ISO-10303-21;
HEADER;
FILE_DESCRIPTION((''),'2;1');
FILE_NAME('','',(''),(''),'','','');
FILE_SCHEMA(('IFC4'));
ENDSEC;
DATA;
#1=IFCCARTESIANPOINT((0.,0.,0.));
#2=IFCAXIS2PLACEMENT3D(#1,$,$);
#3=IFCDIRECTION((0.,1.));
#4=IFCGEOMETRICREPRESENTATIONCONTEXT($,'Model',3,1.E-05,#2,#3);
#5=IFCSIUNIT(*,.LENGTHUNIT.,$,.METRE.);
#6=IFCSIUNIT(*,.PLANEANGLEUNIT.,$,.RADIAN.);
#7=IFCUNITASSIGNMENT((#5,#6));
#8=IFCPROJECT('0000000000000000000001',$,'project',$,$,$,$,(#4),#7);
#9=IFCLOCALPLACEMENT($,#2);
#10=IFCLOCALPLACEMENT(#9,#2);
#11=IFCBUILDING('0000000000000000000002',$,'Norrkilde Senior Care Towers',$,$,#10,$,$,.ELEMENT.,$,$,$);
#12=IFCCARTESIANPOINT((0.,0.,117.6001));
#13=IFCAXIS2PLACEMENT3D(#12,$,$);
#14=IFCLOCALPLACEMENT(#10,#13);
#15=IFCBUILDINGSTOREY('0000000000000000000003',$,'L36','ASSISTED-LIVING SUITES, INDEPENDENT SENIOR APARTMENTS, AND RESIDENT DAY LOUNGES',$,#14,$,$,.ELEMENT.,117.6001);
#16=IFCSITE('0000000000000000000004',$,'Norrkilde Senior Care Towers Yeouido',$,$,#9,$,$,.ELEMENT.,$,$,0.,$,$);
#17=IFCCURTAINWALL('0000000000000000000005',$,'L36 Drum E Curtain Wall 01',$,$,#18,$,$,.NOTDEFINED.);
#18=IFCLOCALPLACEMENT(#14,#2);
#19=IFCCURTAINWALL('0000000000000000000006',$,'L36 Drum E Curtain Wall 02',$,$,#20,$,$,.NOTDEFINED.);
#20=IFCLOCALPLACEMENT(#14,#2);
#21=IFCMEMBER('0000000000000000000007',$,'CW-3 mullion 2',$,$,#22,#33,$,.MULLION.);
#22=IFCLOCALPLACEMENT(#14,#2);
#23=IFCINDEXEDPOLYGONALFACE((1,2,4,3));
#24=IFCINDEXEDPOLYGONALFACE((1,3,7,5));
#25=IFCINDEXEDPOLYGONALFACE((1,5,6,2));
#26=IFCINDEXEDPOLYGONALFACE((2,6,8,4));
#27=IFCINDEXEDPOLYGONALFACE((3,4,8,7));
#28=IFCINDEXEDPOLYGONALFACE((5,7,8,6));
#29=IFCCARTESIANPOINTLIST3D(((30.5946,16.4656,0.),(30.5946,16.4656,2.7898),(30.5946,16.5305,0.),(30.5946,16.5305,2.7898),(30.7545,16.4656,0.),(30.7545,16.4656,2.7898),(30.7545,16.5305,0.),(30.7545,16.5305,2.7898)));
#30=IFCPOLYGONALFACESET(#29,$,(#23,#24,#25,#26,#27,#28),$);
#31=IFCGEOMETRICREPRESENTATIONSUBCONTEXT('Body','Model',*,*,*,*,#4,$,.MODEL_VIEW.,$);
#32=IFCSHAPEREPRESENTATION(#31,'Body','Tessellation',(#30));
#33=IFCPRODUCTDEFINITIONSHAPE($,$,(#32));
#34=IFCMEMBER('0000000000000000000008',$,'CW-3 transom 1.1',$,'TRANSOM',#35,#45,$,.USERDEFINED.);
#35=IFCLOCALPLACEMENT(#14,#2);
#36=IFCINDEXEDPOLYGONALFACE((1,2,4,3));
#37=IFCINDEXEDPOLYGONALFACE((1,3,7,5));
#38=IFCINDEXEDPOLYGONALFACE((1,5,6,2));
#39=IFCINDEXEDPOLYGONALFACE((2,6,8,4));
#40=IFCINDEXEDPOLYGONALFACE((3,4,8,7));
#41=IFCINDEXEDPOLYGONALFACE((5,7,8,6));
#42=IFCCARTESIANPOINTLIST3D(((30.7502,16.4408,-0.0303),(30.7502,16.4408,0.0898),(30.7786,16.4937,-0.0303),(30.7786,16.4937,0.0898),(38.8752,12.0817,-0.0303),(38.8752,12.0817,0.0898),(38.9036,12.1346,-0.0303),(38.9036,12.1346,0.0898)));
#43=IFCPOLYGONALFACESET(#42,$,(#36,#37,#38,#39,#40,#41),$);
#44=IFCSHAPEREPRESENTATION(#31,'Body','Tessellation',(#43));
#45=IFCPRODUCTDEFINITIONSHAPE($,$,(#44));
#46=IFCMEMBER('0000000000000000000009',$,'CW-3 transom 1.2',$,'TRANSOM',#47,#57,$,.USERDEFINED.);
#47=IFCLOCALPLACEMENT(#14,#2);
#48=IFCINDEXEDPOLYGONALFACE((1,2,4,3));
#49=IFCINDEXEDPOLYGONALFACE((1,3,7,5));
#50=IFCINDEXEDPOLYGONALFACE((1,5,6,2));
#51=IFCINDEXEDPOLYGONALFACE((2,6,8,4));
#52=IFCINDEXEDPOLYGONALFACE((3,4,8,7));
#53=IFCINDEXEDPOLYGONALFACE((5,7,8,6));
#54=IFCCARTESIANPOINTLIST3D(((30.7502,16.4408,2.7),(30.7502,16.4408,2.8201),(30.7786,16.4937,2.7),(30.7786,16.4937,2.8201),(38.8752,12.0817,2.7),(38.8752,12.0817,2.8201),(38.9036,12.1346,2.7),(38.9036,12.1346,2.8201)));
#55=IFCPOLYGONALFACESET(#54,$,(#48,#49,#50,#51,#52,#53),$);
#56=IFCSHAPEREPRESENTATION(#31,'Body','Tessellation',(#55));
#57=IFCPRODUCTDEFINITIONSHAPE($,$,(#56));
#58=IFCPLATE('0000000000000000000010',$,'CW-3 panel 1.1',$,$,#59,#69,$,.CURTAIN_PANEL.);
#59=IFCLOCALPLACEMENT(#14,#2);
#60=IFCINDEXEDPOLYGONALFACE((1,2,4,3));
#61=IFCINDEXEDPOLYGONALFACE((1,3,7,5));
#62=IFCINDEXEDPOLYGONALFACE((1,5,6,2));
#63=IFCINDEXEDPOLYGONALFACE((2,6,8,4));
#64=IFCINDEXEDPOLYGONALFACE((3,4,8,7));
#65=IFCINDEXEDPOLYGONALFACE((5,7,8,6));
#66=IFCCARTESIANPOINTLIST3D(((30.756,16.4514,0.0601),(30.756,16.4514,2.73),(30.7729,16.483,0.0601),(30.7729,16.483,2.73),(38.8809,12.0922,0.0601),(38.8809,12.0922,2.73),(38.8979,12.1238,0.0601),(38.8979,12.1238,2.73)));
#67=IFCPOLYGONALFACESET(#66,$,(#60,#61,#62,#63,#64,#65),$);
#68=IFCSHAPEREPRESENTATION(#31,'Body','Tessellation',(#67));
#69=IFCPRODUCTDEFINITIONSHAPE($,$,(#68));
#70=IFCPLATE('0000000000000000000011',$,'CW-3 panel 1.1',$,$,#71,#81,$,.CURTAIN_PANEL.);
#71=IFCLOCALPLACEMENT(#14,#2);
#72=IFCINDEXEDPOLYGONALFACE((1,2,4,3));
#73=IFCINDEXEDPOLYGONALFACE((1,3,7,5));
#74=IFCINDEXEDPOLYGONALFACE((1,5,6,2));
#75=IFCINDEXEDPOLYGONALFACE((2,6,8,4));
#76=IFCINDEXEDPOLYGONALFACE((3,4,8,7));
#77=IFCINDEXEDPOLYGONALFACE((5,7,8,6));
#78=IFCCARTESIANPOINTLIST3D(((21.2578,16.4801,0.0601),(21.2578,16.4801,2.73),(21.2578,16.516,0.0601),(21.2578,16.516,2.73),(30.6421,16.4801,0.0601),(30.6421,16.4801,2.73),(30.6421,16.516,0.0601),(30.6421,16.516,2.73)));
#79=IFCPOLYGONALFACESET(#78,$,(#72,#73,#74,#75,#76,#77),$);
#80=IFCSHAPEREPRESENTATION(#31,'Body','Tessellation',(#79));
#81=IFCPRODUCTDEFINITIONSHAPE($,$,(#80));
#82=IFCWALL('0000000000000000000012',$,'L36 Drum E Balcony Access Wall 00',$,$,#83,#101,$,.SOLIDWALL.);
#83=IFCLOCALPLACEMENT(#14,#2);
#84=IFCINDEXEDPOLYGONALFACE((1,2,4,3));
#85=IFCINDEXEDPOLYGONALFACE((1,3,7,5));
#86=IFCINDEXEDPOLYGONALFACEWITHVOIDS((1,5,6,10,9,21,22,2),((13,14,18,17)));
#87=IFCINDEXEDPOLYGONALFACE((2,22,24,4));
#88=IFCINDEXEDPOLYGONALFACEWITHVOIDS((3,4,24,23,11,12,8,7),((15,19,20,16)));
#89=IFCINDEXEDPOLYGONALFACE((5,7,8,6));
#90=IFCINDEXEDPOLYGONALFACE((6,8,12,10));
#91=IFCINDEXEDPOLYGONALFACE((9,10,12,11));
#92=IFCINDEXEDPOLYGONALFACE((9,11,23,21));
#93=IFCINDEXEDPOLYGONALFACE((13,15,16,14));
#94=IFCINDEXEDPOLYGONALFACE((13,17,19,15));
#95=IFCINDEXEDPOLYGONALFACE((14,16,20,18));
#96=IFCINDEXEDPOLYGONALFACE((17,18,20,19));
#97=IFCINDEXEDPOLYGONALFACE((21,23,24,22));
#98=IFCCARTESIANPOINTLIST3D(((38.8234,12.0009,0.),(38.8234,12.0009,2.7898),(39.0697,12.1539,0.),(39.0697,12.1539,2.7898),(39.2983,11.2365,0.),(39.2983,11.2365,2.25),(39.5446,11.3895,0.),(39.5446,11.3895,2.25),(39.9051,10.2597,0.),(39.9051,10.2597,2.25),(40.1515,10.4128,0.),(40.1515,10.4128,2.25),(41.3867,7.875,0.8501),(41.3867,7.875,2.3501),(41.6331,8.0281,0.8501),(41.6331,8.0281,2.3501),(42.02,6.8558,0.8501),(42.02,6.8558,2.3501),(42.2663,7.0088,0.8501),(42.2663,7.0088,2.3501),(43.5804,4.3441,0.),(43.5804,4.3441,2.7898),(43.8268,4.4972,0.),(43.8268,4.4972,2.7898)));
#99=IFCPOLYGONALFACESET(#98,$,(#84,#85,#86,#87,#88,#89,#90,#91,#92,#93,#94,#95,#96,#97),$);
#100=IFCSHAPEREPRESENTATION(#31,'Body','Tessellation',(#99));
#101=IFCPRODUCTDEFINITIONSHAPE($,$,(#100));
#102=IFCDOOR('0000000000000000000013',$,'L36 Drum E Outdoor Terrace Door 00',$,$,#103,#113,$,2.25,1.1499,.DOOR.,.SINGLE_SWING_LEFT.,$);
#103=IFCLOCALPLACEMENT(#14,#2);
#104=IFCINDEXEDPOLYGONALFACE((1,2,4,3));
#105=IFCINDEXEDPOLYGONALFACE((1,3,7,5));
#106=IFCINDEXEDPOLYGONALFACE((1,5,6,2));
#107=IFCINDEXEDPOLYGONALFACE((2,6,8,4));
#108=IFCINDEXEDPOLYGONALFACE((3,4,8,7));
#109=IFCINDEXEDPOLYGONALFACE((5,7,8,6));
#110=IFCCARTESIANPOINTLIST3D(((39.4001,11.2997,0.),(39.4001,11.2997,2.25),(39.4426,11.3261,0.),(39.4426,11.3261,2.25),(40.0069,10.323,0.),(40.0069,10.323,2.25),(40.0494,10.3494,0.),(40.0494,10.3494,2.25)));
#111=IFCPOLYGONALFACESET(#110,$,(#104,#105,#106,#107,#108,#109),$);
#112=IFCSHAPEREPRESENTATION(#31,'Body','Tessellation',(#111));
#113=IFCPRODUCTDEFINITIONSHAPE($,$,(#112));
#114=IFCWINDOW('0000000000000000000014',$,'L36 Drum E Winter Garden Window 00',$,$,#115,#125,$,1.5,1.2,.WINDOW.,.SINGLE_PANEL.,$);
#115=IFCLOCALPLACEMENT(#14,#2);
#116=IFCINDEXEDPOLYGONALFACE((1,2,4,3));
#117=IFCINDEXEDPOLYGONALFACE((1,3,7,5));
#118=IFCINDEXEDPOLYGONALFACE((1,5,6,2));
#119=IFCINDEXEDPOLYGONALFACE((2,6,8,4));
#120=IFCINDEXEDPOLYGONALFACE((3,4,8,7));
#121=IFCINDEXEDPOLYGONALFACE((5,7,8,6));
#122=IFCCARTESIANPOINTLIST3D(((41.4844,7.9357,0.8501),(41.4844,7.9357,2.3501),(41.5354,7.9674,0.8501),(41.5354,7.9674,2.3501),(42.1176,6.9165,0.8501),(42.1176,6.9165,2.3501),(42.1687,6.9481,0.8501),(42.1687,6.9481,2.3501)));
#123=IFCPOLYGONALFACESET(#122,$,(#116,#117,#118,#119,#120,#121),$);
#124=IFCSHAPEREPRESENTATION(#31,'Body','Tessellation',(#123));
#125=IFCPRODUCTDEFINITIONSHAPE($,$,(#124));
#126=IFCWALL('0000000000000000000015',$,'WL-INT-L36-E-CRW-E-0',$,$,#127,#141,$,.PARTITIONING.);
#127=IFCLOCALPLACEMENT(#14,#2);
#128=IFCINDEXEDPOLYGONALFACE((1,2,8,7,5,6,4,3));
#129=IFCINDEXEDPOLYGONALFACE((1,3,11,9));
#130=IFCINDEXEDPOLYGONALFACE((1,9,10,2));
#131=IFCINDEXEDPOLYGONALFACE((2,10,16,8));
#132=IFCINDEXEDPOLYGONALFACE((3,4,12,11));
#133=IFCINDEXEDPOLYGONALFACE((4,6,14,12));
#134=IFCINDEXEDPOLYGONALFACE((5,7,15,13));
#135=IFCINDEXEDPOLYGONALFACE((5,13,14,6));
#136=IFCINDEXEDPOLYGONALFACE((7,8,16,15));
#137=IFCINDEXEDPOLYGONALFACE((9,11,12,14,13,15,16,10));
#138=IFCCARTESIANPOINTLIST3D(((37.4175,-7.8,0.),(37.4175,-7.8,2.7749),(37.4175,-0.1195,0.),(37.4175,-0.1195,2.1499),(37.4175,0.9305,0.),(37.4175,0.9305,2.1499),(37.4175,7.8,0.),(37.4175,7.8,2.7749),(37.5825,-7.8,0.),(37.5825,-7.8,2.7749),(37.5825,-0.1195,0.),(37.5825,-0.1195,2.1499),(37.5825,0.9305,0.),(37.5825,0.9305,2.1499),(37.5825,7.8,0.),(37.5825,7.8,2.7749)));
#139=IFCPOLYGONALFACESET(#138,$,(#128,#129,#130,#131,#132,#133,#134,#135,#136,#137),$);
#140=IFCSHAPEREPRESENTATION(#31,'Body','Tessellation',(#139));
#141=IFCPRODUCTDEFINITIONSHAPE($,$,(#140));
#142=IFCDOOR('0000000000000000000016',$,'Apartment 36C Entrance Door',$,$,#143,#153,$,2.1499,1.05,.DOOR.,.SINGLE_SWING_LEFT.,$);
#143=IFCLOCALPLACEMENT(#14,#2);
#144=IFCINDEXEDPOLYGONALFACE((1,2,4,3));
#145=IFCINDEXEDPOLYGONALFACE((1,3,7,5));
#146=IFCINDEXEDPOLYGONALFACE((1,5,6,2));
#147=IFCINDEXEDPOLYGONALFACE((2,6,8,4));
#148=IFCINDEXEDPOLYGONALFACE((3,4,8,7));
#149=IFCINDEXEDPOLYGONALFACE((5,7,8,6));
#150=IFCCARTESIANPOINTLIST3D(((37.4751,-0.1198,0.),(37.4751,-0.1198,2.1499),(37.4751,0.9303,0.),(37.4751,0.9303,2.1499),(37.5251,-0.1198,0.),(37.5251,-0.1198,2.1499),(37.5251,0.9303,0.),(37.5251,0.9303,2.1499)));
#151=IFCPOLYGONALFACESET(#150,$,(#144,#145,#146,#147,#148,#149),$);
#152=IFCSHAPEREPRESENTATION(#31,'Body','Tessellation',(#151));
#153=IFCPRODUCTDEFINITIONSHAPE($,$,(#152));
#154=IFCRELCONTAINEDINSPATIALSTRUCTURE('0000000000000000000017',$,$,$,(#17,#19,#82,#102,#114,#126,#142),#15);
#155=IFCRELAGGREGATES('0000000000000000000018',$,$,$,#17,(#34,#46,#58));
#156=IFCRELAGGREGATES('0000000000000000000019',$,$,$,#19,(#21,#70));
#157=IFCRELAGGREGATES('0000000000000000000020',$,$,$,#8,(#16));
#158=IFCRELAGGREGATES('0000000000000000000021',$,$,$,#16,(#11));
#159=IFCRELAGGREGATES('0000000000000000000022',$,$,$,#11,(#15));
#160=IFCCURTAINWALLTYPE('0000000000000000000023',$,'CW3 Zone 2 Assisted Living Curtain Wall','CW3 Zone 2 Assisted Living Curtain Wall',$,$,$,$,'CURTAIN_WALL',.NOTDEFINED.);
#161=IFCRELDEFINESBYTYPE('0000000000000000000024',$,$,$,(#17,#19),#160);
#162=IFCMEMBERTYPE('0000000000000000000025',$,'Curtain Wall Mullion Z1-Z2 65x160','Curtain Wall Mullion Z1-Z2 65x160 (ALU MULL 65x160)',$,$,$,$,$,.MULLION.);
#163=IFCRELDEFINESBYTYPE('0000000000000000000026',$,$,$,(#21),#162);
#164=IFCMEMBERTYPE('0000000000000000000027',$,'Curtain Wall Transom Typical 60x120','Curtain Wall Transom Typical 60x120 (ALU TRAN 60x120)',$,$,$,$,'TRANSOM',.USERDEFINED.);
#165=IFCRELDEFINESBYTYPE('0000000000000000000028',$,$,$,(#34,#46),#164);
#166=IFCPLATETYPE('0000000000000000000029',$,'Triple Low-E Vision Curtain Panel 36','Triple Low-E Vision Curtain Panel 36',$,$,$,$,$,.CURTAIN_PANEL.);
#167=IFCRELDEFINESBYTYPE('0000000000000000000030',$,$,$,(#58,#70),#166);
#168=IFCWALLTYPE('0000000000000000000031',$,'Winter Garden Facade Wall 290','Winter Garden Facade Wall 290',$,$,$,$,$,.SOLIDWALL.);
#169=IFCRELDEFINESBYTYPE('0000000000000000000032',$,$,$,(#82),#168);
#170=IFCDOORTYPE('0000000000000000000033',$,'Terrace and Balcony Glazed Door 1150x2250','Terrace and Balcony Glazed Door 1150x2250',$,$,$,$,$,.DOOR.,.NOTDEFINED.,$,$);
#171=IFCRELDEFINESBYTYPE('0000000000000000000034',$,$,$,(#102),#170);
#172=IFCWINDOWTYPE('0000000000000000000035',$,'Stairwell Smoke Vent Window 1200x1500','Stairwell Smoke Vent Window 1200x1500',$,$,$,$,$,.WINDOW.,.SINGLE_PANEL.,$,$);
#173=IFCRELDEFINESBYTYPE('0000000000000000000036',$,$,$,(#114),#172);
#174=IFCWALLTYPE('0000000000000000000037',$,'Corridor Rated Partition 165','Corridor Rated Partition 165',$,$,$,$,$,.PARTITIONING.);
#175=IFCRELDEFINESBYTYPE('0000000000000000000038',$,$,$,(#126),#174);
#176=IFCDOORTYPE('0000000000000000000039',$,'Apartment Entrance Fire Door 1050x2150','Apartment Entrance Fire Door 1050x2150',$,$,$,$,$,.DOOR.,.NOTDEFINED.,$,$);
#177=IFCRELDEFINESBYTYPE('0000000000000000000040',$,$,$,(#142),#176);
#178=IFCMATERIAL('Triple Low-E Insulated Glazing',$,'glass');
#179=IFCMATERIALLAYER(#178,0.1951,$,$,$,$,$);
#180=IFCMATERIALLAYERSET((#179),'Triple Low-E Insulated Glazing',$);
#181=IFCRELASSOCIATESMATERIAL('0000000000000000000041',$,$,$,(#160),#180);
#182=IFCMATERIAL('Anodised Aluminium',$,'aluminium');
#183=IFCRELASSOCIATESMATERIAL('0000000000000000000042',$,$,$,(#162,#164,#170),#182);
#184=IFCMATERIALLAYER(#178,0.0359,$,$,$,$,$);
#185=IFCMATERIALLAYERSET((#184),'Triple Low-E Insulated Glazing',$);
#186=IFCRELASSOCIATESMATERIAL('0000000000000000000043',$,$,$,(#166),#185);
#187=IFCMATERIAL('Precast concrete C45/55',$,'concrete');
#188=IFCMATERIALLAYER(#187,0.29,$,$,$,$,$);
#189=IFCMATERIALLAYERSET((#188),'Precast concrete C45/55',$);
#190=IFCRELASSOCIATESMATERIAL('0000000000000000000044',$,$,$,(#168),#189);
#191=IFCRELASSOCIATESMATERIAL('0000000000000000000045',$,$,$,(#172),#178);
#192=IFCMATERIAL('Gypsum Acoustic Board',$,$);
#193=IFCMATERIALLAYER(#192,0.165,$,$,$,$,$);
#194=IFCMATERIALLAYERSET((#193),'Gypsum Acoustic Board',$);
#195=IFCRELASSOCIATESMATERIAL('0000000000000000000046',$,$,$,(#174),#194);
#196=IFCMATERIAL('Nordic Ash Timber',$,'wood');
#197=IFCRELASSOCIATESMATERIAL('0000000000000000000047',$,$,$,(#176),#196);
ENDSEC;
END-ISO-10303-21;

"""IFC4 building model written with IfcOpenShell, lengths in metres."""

from ifc_helpers import new_model, si_unit, direction, frame, frame_2d, origin, origin_2d, place, context, subcontext, project, spatial, rectangle, extrude, source, transform, mapped, material, layer, layer_set, material_profile, profile_set, type_object, type_shapes, element, fill, aggregate, save


model = new_model("IFC4")

# Units and contexts
model_context = context("Model", 3, precision=1e-05, world=origin(), true_north=direction((0.0, 1.0)))
body_context = subcontext(model_context, "Body", "Model", "MODEL_VIEW")
ifc_project = project(units=[si_unit("LENGTHUNIT", "METRE"), si_unit("PLANEANGLEUNIT", "RADIAN")], contexts=[model_context])

# Site, building, storey
site_placement = place(None, origin())
site = spatial("IfcSite", under=ifc_project, at=site_placement, Name="Norrkilde Senior Care Towers Yeouido", CompositionType="ELEMENT", RefElevation=0.0)
building_placement = place(site_placement, origin())
building = spatial("IfcBuilding", under=site, at=building_placement, Name="Norrkilde Senior Care Towers", CompositionType="ELEMENT")
storey_placement = place(building_placement, frame((0.0, 0.0, 117.6001)))
storey = spatial("IfcBuildingStorey", under=building, at=storey_placement, Name="L36", Description="ASSISTED-LIVING SUITES, INDEPENDENT SENIOR APARTMENTS, AND RESIDENT DAY LOUNGES", CompositionType="ELEMENT", Elevation=117.6001)

# Curtain wall
ifc_material_1 = material(Name="Triple Low-E Insulated Glazing", Category="glass")
ifc_layer_1 = layer(ifc_material_1, 0.1951)
ifc_layer_set_1 = layer_set([ifc_layer_1], Name="Triple Low-E Insulated Glazing")
curtain_wall_type = type_object("IfcCurtainWallType", Name="CW3 Zone 2 Assisted Living Curtain Wall", Description="CW3 Zone 2 Assisted Living Curtain Wall", ElementType="CURTAIN_WALL", PredefinedType="NOTDEFINED", material=ifc_layer_set_1)
curtain_wall_1_placement = place(storey_placement, origin())
curtain_wall_1 = element("IfcCurtainWall", 1, at=curtain_wall_1_placement, inside=storey, type_object=curtain_wall_type, Name="L36 Drum E Curtain Wall 01", PredefinedType="NOTDEFINED")
ifc_material_2 = material(Name="Anodised Aluminium", Category="aluminium")
ifc_material_profile_1 = material_profile(ifc_material_2, rectangle(XDim=0.0649, YDim=0.1599, at=origin_2d()), Name="ALU MULL 65x160")
ifc_profile_set_1 = profile_set([ifc_material_profile_1], Name="Anodised Aluminium")
member_type_1 = type_object("IfcMemberType", Name="Curtain Wall Mullion Z1-Z2 65x160", Description="Curtain Wall Mullion Z1-Z2 65x160 (ALU MULL 65x160)", PredefinedType="MULLION", material=ifc_profile_set_1)
shared_shape_1 = source(origin(), body_context, "Body", "SweptSolid", [
    extrude(rectangle(XDim=0.0649, YDim=0.1599, at=origin_2d()), origin(), (0.0, 0.0, 1.0), 2.7898),
])
type_shapes(member_type_1, [shared_shape_1])

# Curtain wall, member
curtain_wall_2_placement = place(storey_placement, origin())
curtain_wall_2 = element("IfcCurtainWall", 2, at=curtain_wall_2_placement, inside=storey, type_object=curtain_wall_type, Name="L36 Drum E Curtain Wall 02", PredefinedType="NOTDEFINED")
member_1_placement = place(storey_placement, frame((30.6746, 16.498, 0.0), z_axis=(0.0, 0.0, 1.0), x_axis=(0.0, 1.0, 0.0)))
member_1 = element("IfcMember", 3, at=member_1_placement, type_object=member_type_1, Name="CW-3 mullion 2", PredefinedType="MULLION", context=body_context, shape_type="MappedRepresentation", body=[
    mapped(shared_shape_1, transform((0.0, 0.0, 0.0), x_axis=(1.0, 0.0, 0.0), y_axis=(0.0, 1.0, 0.0), z_axis=(0.0, 0.0, 1.0), scale=1.0)),
])

# Members
ifc_material_profile_2 = material_profile(ifc_material_2, rectangle(XDim=0.0601, YDim=0.1201, at=origin_2d()), Name="ALU TRAN 60x120")
ifc_profile_set_2 = profile_set([ifc_material_profile_2], Name="Anodised Aluminium")
member_type_2 = type_object("IfcMemberType", Name="Curtain Wall Transom Typical 60x120", Description="Curtain Wall Transom Typical 60x120 (ALU TRAN 60x120)", ElementType="TRANSOM", PredefinedType="USERDEFINED", material=ifc_profile_set_2)
shared_shape_2 = source(origin(), body_context, "Body", "SweptSolid", [
    extrude(rectangle(XDim=0.0601, YDim=0.1201, at=origin_2d()), origin(), (0.0, 0.0, 1.0), 9.2205),
])
type_shapes(member_type_2, [shared_shape_2])
member_2_placement = place(storey_placement, frame((30.7644, 16.4673, 0.0298), z_axis=(0.881189, -0.472765, 0.0), x_axis=(0.472765, 0.881189, 0.0)))
member_2 = element("IfcMember", 4, at=member_2_placement, type_object=member_type_2, Name="CW-3 transom 1.1", ObjectType="TRANSOM", PredefinedType="USERDEFINED", context=body_context, shape_type="MappedRepresentation", body=[
    mapped(shared_shape_2, transform((0.0, 0.0, 0.0), x_axis=(1.0, 0.0, 0.0), y_axis=(0.0, 1.0, 0.0), z_axis=(0.0, 0.0, 1.0), scale=1.0)),
])
member_3_placement = place(storey_placement, frame((30.7644, 16.4673, 2.76), z_axis=(0.881189, -0.472765, 0.0), x_axis=(0.472765, 0.881189, 0.0)))
member_3 = element("IfcMember", 5, at=member_3_placement, type_object=member_type_2, Name="CW-3 transom 1.2", ObjectType="TRANSOM", PredefinedType="USERDEFINED", context=body_context, shape_type="MappedRepresentation", body=[
    mapped(shared_shape_2, transform((0.0, 0.0, 0.0), x_axis=(1.0, 0.0, 0.0), y_axis=(0.0, 1.0, 0.0), z_axis=(0.0, 0.0, 1.0), scale=1.0)),
])

# Plates
ifc_layer_2 = layer(ifc_material_1, 0.0359)
ifc_layer_set_2 = layer_set([ifc_layer_2], Name="Triple Low-E Insulated Glazing")
plate_type = type_object("IfcPlateType", Name="Triple Low-E Vision Curtain Panel 36", Description="Triple Low-E Vision Curtain Panel 36", PredefinedType="CURTAIN_PANEL", material=ifc_layer_set_2)
shared_shape_3 = source(origin(), body_context, "Body", "SweptSolid", [
    extrude(rectangle(XDim=9.2205, YDim=0.0359, at=origin_2d()), origin(), (0.0, 0.0, 1.0), 2.6699),
])
plate_1_placement = place(storey_placement, frame((34.8269, 14.2876, 0.0601), z_axis=(0.0, 0.0, 1.0), x_axis=(0.881186, -0.472769, 0.0)))
plate_1 = element("IfcPlate", 6, at=plate_1_placement, type_object=plate_type, Name="CW-3 panel 1.1", PredefinedType="CURTAIN_PANEL", context=body_context, shape_type="MappedRepresentation", body=[
    mapped(shared_shape_3, transform((0.0, 0.0, 0.0), x_axis=(1.0, 0.0, 0.0), y_axis=(0.0, 1.0, 0.0), z_axis=(0.0, 0.0, 1.0), scale=1.0)),
])
aggregate(curtain_wall_1, [member_2, member_3, plate_1])
shared_shape_4 = source(origin(), body_context, "Body", "SweptSolid", [
    extrude(rectangle(XDim=9.3843, YDim=0.0359, at=origin_2d()), origin(), (0.0, 0.0, 1.0), 2.6699),
])
type_shapes(plate_type, [shared_shape_3, shared_shape_4])
plate_2_placement = place(storey_placement, frame((25.95, 16.498, 0.0601), z_axis=(0.0, 0.0, 1.0), x_axis=(1.0, 0.0, 0.0)))
plate_2 = element("IfcPlate", 7, at=plate_2_placement, type_object=plate_type, Name="CW-3 panel 1.1", PredefinedType="CURTAIN_PANEL", context=body_context, shape_type="MappedRepresentation", body=[
    mapped(shared_shape_4, transform((0.0, 0.0, 0.0), x_axis=(1.0, 0.0, 0.0), y_axis=(0.0, 1.0, 0.0), z_axis=(0.0, 0.0, 1.0), scale=1.0)),
])
aggregate(curtain_wall_2, [member_1, plate_2])

# Wall, openings, door, window
ifc_material_3 = material(Name="Precast concrete C45/55", Category="concrete")
ifc_layer_3 = layer(ifc_material_3, 0.29)
ifc_layer_set_3 = layer_set([ifc_layer_3], Name="Precast concrete C45/55")
wall_type_1 = type_object("IfcWallType", Name="Winter Garden Facade Wall 290", Description="Winter Garden Facade Wall 290", PredefinedType="SOLIDWALL", material=ifc_layer_set_3)
shared_shape_5 = source(origin(), body_context, "Body", "SweptSolid", [
    extrude(rectangle(XDim=9.0142, YDim=0.29, at=frame_2d((4.5071, 0.0))), origin(), (0.0, 0.0, 1.0), 2.7898),
])
type_shapes(wall_type_1, [shared_shape_5])
wall_1_placement = place(storey_placement, frame((38.9465, 12.0774, 0.0), z_axis=(0.0, 0.0, 1.0), x_axis=(0.527733, -0.84941, 0.0)))
wall_1 = element("IfcWall", 8, at=wall_1_placement, inside=storey, type_object=wall_type_1, Name="L36 Drum E Balcony Access Wall 00", PredefinedType="SOLIDWALL", context=body_context, shape_type="MappedRepresentation", body=[
    mapped(shared_shape_5, transform((0.0, 0.0, 0.0), x_axis=(1.0, 0.0, 0.0), y_axis=(0.0, 1.0, 0.0), z_axis=(0.0, 0.0, 1.0), scale=1.0)),
])
opening_1_placement = place(wall_1_placement, frame((0.8999, 0.0, 0.0)))
opening_1 = element("IfcOpeningElement", 9, at=opening_1_placement, cuts=wall_1, PredefinedType="OPENING", context=body_context, shape_type="SweptSolid", body=[
    extrude(rectangle(XDim=1.1499, YDim=2.25, at=frame_2d((0.575, 1.125))), frame((0.0, 0.155, 0.0), z_axis=(0.0, -1.0, 0.0), x_axis=(1.0, 0.0, 0.0)), (0.0, 0.0, 1.0), 0.3101),
])
opening_2_placement = place(wall_1_placement, frame((4.8572, 0.0, 0.8501)))
opening_2 = element("IfcOpeningElement", 10, at=opening_2_placement, cuts=wall_1, PredefinedType="OPENING", context=body_context, shape_type="SweptSolid", body=[
    extrude(rectangle(XDim=1.2, YDim=1.5, at=frame_2d((0.6001, 0.75))), frame((0.0, 0.155, 0.0), z_axis=(0.0, -1.0, 0.0), x_axis=(1.0, 0.0, 0.0)), (0.0, 0.0, 1.0), 0.3101),
])
door_type_1 = type_object("IfcDoorType", Name="Terrace and Balcony Glazed Door 1150x2250", Description="Terrace and Balcony Glazed Door 1150x2250", OperationType="NOTDEFINED", PredefinedType="DOOR", material=ifc_material_2)
shared_shape_6 = source(origin(), body_context, "Body", "SweptSolid", [
    extrude(rectangle(XDim=1.1499, YDim=2.25, at=frame_2d((0.575, 1.125))), frame((0.0, 0.0249, 0.0), z_axis=(0.0, -1.0, 0.0), x_axis=(1.0, 0.0, 0.0)), (0.0, 0.0, 1.0), 0.05),
])
type_shapes(door_type_1, [shared_shape_6])
door_1_placement = place(opening_1_placement, origin())
door_1 = element("IfcDoor", 11, at=door_1_placement, inside=storey, type_object=door_type_1, Name="L36 Drum E Outdoor Terrace Door 00", OperationType="SINGLE_SWING_LEFT", OverallHeight=2.25, OverallWidth=1.1499, PredefinedType="DOOR", context=body_context, shape_type="MappedRepresentation", body=[
    mapped(shared_shape_6, transform((0.0, 0.0, 0.0), x_axis=(1.0, 0.0, 0.0), y_axis=(0.0, 1.0, 0.0), z_axis=(0.0, 0.0, 1.0), scale=1.0)),
])
fill(opening_1, door_1)
window_type = type_object("IfcWindowType", Name="Stairwell Smoke Vent Window 1200x1500", Description="Stairwell Smoke Vent Window 1200x1500", PartitioningType="SINGLE_PANEL", PredefinedType="WINDOW", material=ifc_material_1)
shared_shape_7 = source(origin(), body_context, "Body", "SweptSolid", [
    extrude(rectangle(XDim=1.2, YDim=1.5, at=frame_2d((0.6001, 0.75))), frame((0.0, 0.03, 0.0), z_axis=(0.0, -1.0, 0.0), x_axis=(1.0, 0.0, 0.0)), (0.0, 0.0, 1.0), 0.0601),
])
type_shapes(window_type, [shared_shape_7])
window_placement = place(opening_2_placement, origin())
window = element("IfcWindow", 12, at=window_placement, inside=storey, type_object=window_type, Name="L36 Drum E Winter Garden Window 00", OverallHeight=1.5, OverallWidth=1.2, PartitioningType="SINGLE_PANEL", PredefinedType="WINDOW", context=body_context, shape_type="MappedRepresentation", body=[
    mapped(shared_shape_7, transform((0.0, 0.0, 0.0), x_axis=(1.0, 0.0, 0.0), y_axis=(0.0, 1.0, 0.0), z_axis=(0.0, 0.0, 1.0), scale=1.0)),
])
fill(opening_2, window)

# Wall, opening, door
ifc_material_4 = material(Name="Gypsum Acoustic Board")
ifc_layer_4 = layer(ifc_material_4, 0.165)
ifc_layer_set_4 = layer_set([ifc_layer_4], Name="Gypsum Acoustic Board")
wall_type_2 = type_object("IfcWallType", Name="Corridor Rated Partition 165", Description="Corridor Rated Partition 165", PredefinedType="PARTITIONING", material=ifc_layer_set_4)
shared_shape_8 = source(origin(), body_context, "Body", "SweptSolid", [
    extrude(rectangle(XDim=15.6001, YDim=0.165, at=frame_2d((7.8, 0.0))), origin(), (0.0, 0.0, 1.0), 2.7749),
])
wall_2_placement = place(storey_placement, frame((37.5, 7.8, 0.0), z_axis=(0.0, 0.0, 1.0), x_axis=(0.0, -1.0, 0.0)))
wall_2 = element("IfcWall", 13, at=wall_2_placement, inside=storey, type_object=wall_type_2, Name="WL-INT-L36-E-CRW-E-0", PredefinedType="PARTITIONING", context=body_context, shape_type="MappedRepresentation", body=[
    mapped(shared_shape_8, transform((0.0, 0.0, 0.0), x_axis=(1.0, 0.0, 0.0), y_axis=(0.0, 1.0, 0.0), z_axis=(0.0, 0.0, 1.0), scale=1.0)),
])
opening_3_placement = place(wall_2_placement, frame((6.8696, 0.0, 0.0)))
opening_3 = element("IfcOpeningElement", 14, at=opening_3_placement, cuts=wall_2, PredefinedType="OPENING", context=body_context, shape_type="SweptSolid", body=[
    extrude(rectangle(XDim=1.05, YDim=2.1499, at=frame_2d((0.5249, 1.075))), frame((0.0, 0.0925, 0.0), z_axis=(0.0, -1.0, 0.0), x_axis=(1.0, 0.0, 0.0)), (0.0, 0.0, 1.0), 0.1851),
])
ifc_material_5 = material(Name="Nordic Ash Timber", Category="wood")
door_type_2 = type_object("IfcDoorType", Name="Apartment Entrance Fire Door 1050x2150", Description="Apartment Entrance Fire Door 1050x2150", OperationType="NOTDEFINED", PredefinedType="DOOR", material=ifc_material_5)
shared_shape_9 = source(origin(), body_context, "Body", "SweptSolid", [
    extrude(rectangle(XDim=1.05, YDim=2.1499, at=frame_2d((0.5249, 1.075))), frame((0.0, 0.0249, 0.0), z_axis=(0.0, -1.0, 0.0), x_axis=(1.0, 0.0, 0.0)), (0.0, 0.0, 1.0), 0.05),
])
type_shapes(door_type_2, [shared_shape_9])
door_2_placement = place(opening_3_placement, frame((1.05, 0.0, 0.0), z_axis=(0.0, 0.0, 1.0), x_axis=(-1.0, 0.0, 0.0)))
door_2 = element("IfcDoor", 15, at=door_2_placement, inside=storey, type_object=door_type_2, Name="Apartment 36C Entrance Door", OperationType="SINGLE_SWING_LEFT", OverallHeight=2.1499, OverallWidth=1.05, PredefinedType="DOOR", context=body_context, shape_type="MappedRepresentation", body=[
    mapped(shared_shape_9, transform((0.0, 0.0, 0.0), x_axis=(1.0, 0.0, 0.0), y_axis=(0.0, 1.0, 0.0), z_axis=(0.0, 0.0, 1.0), scale=1.0)),
])
fill(opening_3, door_2)

save(model, "model.ifc")
